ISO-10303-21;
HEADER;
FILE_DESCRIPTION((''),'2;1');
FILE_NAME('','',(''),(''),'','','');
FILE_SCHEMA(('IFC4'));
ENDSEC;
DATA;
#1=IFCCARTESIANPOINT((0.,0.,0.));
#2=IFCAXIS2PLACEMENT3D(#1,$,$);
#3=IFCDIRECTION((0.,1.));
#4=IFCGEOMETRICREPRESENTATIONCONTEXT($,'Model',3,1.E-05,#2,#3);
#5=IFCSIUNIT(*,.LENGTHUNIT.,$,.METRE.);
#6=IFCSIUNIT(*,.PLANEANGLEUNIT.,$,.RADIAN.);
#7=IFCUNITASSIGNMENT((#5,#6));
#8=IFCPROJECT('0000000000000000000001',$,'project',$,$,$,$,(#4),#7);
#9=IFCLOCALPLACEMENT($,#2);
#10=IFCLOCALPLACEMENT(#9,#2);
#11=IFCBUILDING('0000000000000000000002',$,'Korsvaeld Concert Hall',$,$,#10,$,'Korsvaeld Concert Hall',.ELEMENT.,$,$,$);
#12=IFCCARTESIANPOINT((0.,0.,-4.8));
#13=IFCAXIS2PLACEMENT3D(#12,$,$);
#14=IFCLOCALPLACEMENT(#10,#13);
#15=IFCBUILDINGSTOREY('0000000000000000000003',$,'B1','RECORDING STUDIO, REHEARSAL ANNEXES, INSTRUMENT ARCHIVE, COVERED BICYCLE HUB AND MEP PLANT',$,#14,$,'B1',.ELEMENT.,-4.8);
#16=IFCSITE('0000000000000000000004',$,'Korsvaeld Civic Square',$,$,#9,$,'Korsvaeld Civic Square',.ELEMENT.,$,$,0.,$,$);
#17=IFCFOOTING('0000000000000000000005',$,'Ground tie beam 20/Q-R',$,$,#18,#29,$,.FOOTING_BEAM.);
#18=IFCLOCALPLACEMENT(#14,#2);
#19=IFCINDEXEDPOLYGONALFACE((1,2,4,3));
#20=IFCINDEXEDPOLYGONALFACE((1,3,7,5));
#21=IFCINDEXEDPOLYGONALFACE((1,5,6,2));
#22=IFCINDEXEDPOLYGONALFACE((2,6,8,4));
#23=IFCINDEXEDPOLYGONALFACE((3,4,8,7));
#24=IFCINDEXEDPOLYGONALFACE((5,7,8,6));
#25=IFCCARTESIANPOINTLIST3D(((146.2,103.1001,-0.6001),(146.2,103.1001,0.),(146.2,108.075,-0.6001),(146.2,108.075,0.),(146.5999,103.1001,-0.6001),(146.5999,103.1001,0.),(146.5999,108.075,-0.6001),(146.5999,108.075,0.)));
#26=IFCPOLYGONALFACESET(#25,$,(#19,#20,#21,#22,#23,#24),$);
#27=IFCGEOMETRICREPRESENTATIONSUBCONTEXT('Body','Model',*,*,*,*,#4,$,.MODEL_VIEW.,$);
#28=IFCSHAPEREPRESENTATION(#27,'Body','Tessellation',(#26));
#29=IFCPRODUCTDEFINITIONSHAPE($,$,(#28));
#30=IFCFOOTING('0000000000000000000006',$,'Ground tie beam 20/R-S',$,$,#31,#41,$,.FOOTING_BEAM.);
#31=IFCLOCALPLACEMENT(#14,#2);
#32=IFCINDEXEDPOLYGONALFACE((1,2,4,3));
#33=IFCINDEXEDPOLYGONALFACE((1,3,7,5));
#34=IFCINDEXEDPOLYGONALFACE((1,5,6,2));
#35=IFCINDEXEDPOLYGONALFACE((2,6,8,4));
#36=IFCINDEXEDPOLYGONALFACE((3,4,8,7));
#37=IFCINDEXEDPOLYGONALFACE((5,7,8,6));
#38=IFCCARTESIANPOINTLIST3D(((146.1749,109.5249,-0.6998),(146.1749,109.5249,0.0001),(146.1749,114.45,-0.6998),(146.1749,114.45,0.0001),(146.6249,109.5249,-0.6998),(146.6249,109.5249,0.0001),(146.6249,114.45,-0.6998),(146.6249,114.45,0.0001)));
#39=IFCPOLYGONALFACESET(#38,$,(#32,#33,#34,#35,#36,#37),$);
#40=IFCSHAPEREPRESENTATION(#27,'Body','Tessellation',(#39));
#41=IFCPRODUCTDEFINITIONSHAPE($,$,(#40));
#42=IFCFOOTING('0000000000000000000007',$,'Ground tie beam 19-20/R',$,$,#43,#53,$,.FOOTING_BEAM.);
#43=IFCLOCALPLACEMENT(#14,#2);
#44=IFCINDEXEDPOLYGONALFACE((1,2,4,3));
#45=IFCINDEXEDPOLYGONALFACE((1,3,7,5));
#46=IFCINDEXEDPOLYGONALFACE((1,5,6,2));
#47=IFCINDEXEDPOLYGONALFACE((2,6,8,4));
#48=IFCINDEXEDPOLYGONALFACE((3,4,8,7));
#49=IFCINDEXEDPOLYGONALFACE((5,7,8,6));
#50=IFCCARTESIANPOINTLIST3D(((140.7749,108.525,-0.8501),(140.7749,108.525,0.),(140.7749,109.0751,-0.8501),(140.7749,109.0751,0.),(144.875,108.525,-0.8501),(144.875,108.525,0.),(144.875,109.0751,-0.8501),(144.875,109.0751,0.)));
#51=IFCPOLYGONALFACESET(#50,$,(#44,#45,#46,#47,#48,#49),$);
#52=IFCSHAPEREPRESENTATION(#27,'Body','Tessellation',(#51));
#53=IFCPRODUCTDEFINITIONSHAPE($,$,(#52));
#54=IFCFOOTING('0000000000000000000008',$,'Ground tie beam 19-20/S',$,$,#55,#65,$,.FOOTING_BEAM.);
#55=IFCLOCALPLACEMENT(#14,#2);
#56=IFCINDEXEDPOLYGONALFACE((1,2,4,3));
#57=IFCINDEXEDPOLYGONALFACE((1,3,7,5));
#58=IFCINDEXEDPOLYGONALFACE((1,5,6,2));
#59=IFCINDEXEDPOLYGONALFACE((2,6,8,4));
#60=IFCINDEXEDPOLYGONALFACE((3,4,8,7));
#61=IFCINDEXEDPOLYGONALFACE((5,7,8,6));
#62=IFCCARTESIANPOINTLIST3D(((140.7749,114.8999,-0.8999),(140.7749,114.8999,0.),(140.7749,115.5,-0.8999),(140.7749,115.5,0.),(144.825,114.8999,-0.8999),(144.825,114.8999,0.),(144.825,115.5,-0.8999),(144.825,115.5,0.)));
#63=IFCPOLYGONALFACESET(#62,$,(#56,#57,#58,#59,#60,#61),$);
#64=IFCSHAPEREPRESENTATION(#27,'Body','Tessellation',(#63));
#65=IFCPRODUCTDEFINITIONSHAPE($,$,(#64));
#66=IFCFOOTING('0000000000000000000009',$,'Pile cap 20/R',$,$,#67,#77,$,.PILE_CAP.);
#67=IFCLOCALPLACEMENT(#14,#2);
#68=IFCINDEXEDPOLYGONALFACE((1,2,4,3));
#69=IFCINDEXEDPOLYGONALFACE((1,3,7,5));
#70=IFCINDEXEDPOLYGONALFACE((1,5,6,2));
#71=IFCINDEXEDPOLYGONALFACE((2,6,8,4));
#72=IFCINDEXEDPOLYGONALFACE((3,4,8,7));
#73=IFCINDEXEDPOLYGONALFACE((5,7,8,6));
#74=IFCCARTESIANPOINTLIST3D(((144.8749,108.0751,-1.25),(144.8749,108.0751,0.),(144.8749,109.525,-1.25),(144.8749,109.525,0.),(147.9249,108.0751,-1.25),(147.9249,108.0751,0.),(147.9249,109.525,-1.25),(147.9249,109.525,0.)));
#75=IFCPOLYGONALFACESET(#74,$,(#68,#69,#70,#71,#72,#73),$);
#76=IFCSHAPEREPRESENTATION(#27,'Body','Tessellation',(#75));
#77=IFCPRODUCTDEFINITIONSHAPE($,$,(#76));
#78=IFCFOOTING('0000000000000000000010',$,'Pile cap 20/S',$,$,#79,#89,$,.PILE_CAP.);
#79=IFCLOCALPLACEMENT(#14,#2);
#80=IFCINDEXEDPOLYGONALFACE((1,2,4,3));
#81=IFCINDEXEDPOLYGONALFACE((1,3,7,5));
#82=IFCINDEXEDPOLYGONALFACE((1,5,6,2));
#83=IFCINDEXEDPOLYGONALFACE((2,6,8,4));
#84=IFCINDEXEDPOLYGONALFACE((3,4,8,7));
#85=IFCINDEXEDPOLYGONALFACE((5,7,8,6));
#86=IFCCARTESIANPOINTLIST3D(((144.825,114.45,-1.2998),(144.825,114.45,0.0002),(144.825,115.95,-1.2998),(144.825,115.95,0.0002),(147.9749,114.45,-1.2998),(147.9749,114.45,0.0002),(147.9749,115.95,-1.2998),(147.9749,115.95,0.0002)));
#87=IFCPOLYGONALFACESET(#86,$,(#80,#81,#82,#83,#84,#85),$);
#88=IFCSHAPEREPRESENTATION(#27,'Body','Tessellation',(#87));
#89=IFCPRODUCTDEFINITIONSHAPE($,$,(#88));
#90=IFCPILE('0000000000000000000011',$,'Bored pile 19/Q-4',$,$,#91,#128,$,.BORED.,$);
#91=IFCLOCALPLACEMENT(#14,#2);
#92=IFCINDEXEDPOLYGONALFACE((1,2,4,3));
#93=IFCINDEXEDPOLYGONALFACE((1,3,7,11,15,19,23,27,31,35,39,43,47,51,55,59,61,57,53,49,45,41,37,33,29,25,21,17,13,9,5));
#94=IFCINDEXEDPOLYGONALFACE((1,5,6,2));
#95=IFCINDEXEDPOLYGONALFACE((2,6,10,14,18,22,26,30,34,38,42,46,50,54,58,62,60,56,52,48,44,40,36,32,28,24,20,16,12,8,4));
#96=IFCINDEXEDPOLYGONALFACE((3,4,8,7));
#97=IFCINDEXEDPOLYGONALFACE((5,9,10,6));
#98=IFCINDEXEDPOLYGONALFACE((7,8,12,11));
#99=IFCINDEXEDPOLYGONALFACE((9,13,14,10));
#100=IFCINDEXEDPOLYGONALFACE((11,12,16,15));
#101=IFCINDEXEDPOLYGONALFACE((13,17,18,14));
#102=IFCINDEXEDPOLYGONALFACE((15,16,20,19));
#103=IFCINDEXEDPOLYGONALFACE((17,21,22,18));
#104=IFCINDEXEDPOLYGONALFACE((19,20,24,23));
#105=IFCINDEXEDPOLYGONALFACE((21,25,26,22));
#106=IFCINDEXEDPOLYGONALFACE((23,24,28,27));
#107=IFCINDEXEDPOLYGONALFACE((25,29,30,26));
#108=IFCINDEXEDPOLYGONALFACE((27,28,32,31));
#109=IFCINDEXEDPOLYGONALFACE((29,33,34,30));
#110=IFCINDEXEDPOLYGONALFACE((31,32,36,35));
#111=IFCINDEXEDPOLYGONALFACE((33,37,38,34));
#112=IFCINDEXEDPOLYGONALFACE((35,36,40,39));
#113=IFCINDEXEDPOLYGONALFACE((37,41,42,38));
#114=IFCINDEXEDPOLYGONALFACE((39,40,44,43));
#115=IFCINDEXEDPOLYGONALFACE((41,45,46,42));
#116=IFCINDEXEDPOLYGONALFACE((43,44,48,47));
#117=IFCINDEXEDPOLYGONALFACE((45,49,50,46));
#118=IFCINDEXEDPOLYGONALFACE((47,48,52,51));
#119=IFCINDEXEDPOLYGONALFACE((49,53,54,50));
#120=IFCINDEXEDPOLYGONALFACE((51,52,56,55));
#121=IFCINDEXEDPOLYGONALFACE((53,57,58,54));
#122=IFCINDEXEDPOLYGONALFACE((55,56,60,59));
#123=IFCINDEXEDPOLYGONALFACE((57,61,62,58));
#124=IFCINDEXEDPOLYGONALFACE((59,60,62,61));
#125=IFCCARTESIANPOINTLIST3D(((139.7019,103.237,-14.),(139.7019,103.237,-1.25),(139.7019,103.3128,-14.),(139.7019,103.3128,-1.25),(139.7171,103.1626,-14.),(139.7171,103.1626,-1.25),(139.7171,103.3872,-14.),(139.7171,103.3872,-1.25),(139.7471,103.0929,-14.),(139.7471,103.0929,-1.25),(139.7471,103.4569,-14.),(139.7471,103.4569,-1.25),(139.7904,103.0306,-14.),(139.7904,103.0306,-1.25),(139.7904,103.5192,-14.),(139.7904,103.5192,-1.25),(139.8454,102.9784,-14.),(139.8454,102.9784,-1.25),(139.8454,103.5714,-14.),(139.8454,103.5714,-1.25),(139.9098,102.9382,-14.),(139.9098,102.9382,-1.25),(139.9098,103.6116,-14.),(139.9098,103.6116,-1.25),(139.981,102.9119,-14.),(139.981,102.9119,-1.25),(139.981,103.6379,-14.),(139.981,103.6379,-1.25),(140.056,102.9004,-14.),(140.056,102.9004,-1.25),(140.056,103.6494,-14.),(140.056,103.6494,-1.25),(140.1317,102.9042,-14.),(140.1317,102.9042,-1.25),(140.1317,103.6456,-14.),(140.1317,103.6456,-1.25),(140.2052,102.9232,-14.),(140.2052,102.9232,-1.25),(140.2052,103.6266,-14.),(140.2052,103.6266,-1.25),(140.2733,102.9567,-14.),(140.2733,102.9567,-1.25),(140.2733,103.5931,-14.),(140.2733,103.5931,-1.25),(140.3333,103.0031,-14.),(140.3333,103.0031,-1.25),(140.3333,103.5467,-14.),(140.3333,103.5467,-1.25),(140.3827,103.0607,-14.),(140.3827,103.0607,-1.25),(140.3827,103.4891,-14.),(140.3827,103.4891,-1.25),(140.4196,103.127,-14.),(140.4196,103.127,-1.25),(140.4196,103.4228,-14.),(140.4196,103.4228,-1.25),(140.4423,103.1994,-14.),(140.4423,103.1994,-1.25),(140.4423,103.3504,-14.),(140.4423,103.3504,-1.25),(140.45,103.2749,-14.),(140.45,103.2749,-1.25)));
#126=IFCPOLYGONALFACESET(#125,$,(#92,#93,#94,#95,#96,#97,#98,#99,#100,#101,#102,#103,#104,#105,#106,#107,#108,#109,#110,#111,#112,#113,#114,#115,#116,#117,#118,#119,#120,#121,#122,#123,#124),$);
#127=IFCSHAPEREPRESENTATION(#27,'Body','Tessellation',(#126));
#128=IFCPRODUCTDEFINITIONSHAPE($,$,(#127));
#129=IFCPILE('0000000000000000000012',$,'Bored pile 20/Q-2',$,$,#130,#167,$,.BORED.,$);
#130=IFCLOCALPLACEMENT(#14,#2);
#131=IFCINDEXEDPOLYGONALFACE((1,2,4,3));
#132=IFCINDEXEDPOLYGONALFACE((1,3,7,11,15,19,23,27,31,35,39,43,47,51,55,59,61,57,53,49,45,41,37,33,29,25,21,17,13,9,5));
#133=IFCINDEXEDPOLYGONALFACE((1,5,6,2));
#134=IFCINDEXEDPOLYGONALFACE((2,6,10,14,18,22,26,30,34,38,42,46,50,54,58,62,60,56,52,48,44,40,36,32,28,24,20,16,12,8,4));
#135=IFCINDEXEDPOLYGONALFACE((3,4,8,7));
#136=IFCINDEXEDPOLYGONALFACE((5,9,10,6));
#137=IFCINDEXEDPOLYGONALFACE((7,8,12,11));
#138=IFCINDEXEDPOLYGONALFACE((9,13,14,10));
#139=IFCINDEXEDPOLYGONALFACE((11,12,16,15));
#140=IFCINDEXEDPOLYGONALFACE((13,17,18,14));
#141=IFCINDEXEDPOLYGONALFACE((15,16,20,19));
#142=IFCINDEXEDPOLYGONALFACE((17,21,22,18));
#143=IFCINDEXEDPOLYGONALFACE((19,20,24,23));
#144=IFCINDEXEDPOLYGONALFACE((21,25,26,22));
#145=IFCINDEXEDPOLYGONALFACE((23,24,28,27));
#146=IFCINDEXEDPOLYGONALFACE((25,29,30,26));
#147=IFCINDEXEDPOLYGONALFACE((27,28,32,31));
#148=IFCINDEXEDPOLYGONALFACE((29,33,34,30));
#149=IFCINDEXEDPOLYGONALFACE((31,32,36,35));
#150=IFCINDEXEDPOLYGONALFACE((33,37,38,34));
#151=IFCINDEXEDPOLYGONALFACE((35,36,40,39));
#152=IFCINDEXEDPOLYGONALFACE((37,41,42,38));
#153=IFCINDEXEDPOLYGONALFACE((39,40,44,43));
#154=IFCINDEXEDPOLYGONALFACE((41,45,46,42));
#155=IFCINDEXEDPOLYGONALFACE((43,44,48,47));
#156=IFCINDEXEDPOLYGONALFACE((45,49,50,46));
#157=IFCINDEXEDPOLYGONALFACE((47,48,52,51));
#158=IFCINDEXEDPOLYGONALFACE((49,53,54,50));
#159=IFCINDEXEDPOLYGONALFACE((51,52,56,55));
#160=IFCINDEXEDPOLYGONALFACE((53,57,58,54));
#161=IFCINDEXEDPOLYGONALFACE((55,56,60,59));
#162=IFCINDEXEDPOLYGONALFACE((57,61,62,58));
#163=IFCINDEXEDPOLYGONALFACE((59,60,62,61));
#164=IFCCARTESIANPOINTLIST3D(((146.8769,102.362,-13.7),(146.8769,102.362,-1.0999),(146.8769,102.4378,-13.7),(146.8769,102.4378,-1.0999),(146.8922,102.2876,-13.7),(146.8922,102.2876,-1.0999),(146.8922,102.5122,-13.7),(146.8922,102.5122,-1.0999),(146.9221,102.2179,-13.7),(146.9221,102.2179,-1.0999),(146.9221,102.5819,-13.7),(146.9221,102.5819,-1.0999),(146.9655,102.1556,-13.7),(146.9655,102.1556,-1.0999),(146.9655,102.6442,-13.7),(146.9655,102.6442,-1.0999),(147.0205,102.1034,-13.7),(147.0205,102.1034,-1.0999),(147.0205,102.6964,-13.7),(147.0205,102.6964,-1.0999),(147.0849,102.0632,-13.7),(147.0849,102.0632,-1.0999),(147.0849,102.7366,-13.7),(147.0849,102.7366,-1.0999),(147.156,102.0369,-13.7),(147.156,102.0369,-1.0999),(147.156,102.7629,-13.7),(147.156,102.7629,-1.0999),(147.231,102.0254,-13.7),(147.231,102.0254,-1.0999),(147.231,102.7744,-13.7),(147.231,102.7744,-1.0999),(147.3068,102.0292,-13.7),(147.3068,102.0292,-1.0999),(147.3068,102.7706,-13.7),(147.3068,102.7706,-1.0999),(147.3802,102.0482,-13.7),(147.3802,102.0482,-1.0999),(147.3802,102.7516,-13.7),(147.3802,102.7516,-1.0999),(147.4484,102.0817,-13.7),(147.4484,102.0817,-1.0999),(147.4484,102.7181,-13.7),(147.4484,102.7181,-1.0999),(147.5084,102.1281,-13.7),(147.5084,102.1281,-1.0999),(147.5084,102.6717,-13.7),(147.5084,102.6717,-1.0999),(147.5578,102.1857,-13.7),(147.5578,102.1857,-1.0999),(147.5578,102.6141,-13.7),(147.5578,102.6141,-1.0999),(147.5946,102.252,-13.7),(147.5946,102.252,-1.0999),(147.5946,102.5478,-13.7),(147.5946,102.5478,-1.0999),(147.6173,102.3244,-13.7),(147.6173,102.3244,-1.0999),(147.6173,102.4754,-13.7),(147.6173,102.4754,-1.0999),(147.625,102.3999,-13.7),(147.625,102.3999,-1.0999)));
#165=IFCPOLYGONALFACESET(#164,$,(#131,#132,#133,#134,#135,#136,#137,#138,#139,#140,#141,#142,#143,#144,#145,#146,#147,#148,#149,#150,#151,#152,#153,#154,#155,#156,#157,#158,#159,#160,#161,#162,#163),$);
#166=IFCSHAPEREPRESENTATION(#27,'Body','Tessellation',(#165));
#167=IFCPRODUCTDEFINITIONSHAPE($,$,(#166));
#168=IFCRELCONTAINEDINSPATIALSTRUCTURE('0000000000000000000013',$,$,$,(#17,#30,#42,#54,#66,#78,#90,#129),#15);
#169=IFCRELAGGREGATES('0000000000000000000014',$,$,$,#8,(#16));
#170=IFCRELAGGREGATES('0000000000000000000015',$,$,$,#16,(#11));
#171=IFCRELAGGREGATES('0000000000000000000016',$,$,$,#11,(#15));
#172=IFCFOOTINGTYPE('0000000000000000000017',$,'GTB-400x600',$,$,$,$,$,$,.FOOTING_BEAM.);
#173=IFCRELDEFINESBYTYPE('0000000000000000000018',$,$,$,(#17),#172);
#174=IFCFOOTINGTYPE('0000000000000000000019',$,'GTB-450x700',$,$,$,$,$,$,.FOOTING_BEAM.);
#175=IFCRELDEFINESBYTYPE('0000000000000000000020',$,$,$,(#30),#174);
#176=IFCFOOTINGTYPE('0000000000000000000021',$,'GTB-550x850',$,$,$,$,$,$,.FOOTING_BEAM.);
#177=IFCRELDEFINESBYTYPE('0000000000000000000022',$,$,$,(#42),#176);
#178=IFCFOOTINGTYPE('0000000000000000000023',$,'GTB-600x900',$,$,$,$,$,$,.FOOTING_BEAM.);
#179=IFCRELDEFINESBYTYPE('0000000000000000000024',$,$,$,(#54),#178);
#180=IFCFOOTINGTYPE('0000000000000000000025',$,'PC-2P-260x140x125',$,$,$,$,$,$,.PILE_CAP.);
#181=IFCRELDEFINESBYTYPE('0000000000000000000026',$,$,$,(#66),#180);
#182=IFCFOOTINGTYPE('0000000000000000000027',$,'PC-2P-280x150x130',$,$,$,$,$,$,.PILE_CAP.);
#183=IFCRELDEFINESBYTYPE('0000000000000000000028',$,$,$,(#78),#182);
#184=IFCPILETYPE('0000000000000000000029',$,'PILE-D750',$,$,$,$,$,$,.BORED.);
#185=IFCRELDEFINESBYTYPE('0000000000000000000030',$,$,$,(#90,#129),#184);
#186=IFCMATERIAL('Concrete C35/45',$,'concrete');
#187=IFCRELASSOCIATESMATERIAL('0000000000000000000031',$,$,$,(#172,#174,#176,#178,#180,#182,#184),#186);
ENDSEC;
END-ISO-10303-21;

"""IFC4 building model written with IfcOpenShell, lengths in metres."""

from ifc_helpers import new_model, si_unit, direction, frame, origin, origin_2d, place, context, subcontext, project, spatial, rectangle, circle, extrude, material, material_profile, profile_set, type_object, element, save


model = new_model("IFC4")

# Units and contexts
model_context = context("Model", 3, precision=1e-05, world=origin(), true_north=direction((0.0, 1.0)))
body_context = subcontext(model_context, "Body", "Model", "MODEL_VIEW")
ifc_project = project(units=[si_unit("LENGTHUNIT", "METRE"), si_unit("PLANEANGLEUNIT", "RADIAN")], contexts=[model_context])

# Site, building, storey
site_placement = place(None, origin())
site = spatial("IfcSite", under=ifc_project, at=site_placement, Name="Korsvaeld Civic Square", LongName="Korsvaeld Civic Square", CompositionType="ELEMENT", RefElevation=0.0)
building_placement = place(site_placement, origin())
building = spatial("IfcBuilding", under=site, at=building_placement, Name="Korsvaeld Concert Hall", LongName="Korsvaeld Concert Hall", CompositionType="ELEMENT")
storey_placement = place(building_placement, frame((0.0, 0.0, -4.8)))
storey = spatial("IfcBuildingStorey", under=building, at=storey_placement, Name="B1", Description="RECORDING STUDIO, REHEARSAL ANNEXES, INSTRUMENT ARCHIVE, COVERED BICYCLE HUB AND MEP PLANT", LongName="B1", CompositionType="ELEMENT", Elevation=-4.8)

# Footings
ifc_material_1 = material(Name="Concrete C35/45", Category="concrete")
ifc_material_profile_1 = material_profile(ifc_material_1, rectangle(XDim=0.3999, YDim=0.6001, at=origin_2d()), Name="GTB 400x600")
ifc_profile_set_1 = profile_set([ifc_material_profile_1], Name="Concrete C35/45")
footing_type_1 = type_object("IfcFootingType", Name="GTB-400x600", PredefinedType="FOOTING_BEAM", material=ifc_profile_set_1)
footing_1_placement = place(storey_placement, frame((146.3999, 103.1001, -0.3), z_axis=(0.0, 1.0, 0.0), x_axis=(-1.0, 0.0, 0.0)))
element("IfcFooting", 1, at=footing_1_placement, inside=storey, type_object=footing_type_1, Name="Ground tie beam 20/Q-R", PredefinedType="FOOTING_BEAM", context=body_context, shape_type="SweptSolid", body=[
    extrude(rectangle(XDim=0.3999, YDim=0.6001, at=origin_2d()), origin(), (0.0, 0.0, 1.0), 4.9749),
])
ifc_material_profile_2 = material_profile(ifc_material_1, rectangle(XDim=0.45, YDim=0.7, at=origin_2d()), Name="GTB 450x700")
ifc_profile_set_2 = profile_set([ifc_material_profile_2], Name="Concrete C35/45")
footing_type_2 = type_object("IfcFootingType", Name="GTB-450x700", PredefinedType="FOOTING_BEAM", material=ifc_profile_set_2)
footing_2_placement = place(storey_placement, frame((146.3999, 109.5249, -0.3499), z_axis=(0.0, 1.0, 0.0), x_axis=(-1.0, 0.0, 0.0)))
element("IfcFooting", 2, at=footing_2_placement, inside=storey, type_object=footing_type_2, Name="Ground tie beam 20/R-S", PredefinedType="FOOTING_BEAM", context=body_context, shape_type="SweptSolid", body=[
    extrude(rectangle(XDim=0.45, YDim=0.7, at=origin_2d()), origin(), (0.0, 0.0, 1.0), 4.925),
])
ifc_material_profile_3 = material_profile(ifc_material_1, rectangle(XDim=0.55, YDim=0.8501, at=origin_2d()), Name="GTB 550x850")
ifc_profile_set_3 = profile_set([ifc_material_profile_3], Name="Concrete C35/45")
footing_type_3 = type_object("IfcFootingType", Name="GTB-550x850", PredefinedType="FOOTING_BEAM", material=ifc_profile_set_3)
footing_3_placement = place(storey_placement, frame((140.7749, 108.8, -0.425), z_axis=(1.0, 0.0, 0.0), x_axis=(0.0, 1.0, 0.0)))
element("IfcFooting", 3, at=footing_3_placement, inside=storey, type_object=footing_type_3, Name="Ground tie beam 19-20/R", PredefinedType="FOOTING_BEAM", context=body_context, shape_type="SweptSolid", body=[
    extrude(rectangle(XDim=0.55, YDim=0.8501, at=origin_2d()), origin(), (0.0, 0.0, 1.0), 4.1001),
])
ifc_material_profile_4 = material_profile(ifc_material_1, rectangle(XDim=0.6001, YDim=0.8999, at=origin_2d()), Name="GTB 600x900")
ifc_profile_set_4 = profile_set([ifc_material_profile_4], Name="Concrete C35/45")
footing_type_4 = type_object("IfcFootingType", Name="GTB-600x900", PredefinedType="FOOTING_BEAM", material=ifc_profile_set_4)
footing_4_placement = place(storey_placement, frame((140.7749, 115.2, -0.45), z_axis=(1.0, 0.0, 0.0), x_axis=(0.0, 1.0, 0.0)))
element("IfcFooting", 4, at=footing_4_placement, inside=storey, type_object=footing_type_4, Name="Ground tie beam 19-20/S", PredefinedType="FOOTING_BEAM", context=body_context, shape_type="SweptSolid", body=[
    extrude(rectangle(XDim=0.6001, YDim=0.8999, at=origin_2d()), origin(), (0.0, 0.0, 1.0), 4.05),
])
footing_type_5 = type_object("IfcFootingType", Name="PC-2P-260x140x125", PredefinedType="PILE_CAP", material=ifc_material_1)
footing_5_placement = place(storey_placement, frame((146.3999, 108.8, -1.25), z_axis=(0.0, 0.0, 1.0), x_axis=(1.0, 0.0, 0.0)))
element("IfcFooting", 5, at=footing_5_placement, inside=storey, type_object=footing_type_5, Name="Pile cap 20/R", PredefinedType="PILE_CAP", context=body_context, shape_type="SweptSolid", body=[
    extrude(rectangle(XDim=3.05, YDim=1.45, at=origin_2d()), origin(), (0.0, 0.0, 1.0), 1.25),
])
footing_type_6 = type_object("IfcFootingType", Name="PC-2P-280x150x130", PredefinedType="PILE_CAP", material=ifc_material_1)
footing_6_placement = place(storey_placement, frame((146.3999, 115.2, -1.2998), z_axis=(0.0, 0.0, 1.0), x_axis=(1.0, 0.0, 0.0)))
element("IfcFooting", 6, at=footing_6_placement, inside=storey, type_object=footing_type_6, Name="Pile cap 20/S", PredefinedType="PILE_CAP", context=body_context, shape_type="SweptSolid", body=[
    extrude(rectangle(XDim=3.1499, YDim=1.5, at=origin_2d()), origin(), (0.0, 0.0, 1.0), 1.3),
])

# Piles
ifc_material_profile_5 = material_profile(ifc_material_1, circle(Radius=0.375, at=origin_2d()), Name="BORED PILE D750")
ifc_profile_set_5 = profile_set([ifc_material_profile_5], Name="Concrete C35/45")
pile_type_1 = type_object("IfcPileType", Name="PILE-D750", PredefinedType="BORED", material=ifc_profile_set_5)
pile_1_placement = place(storey_placement, frame((140.075, 103.2749, -1.25), z_axis=(0.0, 0.0, -1.0), x_axis=(1.0, 0.0, 0.0)))
element("IfcPile", 7, at=pile_1_placement, inside=storey, type_object=pile_type_1, Name="Bored pile 19/Q-4", PredefinedType="BORED", context=body_context, shape_type="SweptSolid", body=[
    extrude(circle(Radius=0.375, at=origin_2d()), origin(), (0.0, 0.0, 1.0), 12.75),
])
pile_2_placement = place(storey_placement, frame((147.25, 102.3999, -1.0999), z_axis=(0.0, 0.0, -1.0), x_axis=(1.0, 0.0, 0.0)))
element("IfcPile", 8, at=pile_2_placement, inside=storey, type_object=pile_type_1, Name="Bored pile 20/Q-2", PredefinedType="BORED", context=body_context, shape_type="SweptSolid", body=[
    extrude(circle(Radius=0.375, at=origin_2d()), origin(), (0.0, 0.0, 1.0), 12.6001),
])

save(model, "model.ifc")
